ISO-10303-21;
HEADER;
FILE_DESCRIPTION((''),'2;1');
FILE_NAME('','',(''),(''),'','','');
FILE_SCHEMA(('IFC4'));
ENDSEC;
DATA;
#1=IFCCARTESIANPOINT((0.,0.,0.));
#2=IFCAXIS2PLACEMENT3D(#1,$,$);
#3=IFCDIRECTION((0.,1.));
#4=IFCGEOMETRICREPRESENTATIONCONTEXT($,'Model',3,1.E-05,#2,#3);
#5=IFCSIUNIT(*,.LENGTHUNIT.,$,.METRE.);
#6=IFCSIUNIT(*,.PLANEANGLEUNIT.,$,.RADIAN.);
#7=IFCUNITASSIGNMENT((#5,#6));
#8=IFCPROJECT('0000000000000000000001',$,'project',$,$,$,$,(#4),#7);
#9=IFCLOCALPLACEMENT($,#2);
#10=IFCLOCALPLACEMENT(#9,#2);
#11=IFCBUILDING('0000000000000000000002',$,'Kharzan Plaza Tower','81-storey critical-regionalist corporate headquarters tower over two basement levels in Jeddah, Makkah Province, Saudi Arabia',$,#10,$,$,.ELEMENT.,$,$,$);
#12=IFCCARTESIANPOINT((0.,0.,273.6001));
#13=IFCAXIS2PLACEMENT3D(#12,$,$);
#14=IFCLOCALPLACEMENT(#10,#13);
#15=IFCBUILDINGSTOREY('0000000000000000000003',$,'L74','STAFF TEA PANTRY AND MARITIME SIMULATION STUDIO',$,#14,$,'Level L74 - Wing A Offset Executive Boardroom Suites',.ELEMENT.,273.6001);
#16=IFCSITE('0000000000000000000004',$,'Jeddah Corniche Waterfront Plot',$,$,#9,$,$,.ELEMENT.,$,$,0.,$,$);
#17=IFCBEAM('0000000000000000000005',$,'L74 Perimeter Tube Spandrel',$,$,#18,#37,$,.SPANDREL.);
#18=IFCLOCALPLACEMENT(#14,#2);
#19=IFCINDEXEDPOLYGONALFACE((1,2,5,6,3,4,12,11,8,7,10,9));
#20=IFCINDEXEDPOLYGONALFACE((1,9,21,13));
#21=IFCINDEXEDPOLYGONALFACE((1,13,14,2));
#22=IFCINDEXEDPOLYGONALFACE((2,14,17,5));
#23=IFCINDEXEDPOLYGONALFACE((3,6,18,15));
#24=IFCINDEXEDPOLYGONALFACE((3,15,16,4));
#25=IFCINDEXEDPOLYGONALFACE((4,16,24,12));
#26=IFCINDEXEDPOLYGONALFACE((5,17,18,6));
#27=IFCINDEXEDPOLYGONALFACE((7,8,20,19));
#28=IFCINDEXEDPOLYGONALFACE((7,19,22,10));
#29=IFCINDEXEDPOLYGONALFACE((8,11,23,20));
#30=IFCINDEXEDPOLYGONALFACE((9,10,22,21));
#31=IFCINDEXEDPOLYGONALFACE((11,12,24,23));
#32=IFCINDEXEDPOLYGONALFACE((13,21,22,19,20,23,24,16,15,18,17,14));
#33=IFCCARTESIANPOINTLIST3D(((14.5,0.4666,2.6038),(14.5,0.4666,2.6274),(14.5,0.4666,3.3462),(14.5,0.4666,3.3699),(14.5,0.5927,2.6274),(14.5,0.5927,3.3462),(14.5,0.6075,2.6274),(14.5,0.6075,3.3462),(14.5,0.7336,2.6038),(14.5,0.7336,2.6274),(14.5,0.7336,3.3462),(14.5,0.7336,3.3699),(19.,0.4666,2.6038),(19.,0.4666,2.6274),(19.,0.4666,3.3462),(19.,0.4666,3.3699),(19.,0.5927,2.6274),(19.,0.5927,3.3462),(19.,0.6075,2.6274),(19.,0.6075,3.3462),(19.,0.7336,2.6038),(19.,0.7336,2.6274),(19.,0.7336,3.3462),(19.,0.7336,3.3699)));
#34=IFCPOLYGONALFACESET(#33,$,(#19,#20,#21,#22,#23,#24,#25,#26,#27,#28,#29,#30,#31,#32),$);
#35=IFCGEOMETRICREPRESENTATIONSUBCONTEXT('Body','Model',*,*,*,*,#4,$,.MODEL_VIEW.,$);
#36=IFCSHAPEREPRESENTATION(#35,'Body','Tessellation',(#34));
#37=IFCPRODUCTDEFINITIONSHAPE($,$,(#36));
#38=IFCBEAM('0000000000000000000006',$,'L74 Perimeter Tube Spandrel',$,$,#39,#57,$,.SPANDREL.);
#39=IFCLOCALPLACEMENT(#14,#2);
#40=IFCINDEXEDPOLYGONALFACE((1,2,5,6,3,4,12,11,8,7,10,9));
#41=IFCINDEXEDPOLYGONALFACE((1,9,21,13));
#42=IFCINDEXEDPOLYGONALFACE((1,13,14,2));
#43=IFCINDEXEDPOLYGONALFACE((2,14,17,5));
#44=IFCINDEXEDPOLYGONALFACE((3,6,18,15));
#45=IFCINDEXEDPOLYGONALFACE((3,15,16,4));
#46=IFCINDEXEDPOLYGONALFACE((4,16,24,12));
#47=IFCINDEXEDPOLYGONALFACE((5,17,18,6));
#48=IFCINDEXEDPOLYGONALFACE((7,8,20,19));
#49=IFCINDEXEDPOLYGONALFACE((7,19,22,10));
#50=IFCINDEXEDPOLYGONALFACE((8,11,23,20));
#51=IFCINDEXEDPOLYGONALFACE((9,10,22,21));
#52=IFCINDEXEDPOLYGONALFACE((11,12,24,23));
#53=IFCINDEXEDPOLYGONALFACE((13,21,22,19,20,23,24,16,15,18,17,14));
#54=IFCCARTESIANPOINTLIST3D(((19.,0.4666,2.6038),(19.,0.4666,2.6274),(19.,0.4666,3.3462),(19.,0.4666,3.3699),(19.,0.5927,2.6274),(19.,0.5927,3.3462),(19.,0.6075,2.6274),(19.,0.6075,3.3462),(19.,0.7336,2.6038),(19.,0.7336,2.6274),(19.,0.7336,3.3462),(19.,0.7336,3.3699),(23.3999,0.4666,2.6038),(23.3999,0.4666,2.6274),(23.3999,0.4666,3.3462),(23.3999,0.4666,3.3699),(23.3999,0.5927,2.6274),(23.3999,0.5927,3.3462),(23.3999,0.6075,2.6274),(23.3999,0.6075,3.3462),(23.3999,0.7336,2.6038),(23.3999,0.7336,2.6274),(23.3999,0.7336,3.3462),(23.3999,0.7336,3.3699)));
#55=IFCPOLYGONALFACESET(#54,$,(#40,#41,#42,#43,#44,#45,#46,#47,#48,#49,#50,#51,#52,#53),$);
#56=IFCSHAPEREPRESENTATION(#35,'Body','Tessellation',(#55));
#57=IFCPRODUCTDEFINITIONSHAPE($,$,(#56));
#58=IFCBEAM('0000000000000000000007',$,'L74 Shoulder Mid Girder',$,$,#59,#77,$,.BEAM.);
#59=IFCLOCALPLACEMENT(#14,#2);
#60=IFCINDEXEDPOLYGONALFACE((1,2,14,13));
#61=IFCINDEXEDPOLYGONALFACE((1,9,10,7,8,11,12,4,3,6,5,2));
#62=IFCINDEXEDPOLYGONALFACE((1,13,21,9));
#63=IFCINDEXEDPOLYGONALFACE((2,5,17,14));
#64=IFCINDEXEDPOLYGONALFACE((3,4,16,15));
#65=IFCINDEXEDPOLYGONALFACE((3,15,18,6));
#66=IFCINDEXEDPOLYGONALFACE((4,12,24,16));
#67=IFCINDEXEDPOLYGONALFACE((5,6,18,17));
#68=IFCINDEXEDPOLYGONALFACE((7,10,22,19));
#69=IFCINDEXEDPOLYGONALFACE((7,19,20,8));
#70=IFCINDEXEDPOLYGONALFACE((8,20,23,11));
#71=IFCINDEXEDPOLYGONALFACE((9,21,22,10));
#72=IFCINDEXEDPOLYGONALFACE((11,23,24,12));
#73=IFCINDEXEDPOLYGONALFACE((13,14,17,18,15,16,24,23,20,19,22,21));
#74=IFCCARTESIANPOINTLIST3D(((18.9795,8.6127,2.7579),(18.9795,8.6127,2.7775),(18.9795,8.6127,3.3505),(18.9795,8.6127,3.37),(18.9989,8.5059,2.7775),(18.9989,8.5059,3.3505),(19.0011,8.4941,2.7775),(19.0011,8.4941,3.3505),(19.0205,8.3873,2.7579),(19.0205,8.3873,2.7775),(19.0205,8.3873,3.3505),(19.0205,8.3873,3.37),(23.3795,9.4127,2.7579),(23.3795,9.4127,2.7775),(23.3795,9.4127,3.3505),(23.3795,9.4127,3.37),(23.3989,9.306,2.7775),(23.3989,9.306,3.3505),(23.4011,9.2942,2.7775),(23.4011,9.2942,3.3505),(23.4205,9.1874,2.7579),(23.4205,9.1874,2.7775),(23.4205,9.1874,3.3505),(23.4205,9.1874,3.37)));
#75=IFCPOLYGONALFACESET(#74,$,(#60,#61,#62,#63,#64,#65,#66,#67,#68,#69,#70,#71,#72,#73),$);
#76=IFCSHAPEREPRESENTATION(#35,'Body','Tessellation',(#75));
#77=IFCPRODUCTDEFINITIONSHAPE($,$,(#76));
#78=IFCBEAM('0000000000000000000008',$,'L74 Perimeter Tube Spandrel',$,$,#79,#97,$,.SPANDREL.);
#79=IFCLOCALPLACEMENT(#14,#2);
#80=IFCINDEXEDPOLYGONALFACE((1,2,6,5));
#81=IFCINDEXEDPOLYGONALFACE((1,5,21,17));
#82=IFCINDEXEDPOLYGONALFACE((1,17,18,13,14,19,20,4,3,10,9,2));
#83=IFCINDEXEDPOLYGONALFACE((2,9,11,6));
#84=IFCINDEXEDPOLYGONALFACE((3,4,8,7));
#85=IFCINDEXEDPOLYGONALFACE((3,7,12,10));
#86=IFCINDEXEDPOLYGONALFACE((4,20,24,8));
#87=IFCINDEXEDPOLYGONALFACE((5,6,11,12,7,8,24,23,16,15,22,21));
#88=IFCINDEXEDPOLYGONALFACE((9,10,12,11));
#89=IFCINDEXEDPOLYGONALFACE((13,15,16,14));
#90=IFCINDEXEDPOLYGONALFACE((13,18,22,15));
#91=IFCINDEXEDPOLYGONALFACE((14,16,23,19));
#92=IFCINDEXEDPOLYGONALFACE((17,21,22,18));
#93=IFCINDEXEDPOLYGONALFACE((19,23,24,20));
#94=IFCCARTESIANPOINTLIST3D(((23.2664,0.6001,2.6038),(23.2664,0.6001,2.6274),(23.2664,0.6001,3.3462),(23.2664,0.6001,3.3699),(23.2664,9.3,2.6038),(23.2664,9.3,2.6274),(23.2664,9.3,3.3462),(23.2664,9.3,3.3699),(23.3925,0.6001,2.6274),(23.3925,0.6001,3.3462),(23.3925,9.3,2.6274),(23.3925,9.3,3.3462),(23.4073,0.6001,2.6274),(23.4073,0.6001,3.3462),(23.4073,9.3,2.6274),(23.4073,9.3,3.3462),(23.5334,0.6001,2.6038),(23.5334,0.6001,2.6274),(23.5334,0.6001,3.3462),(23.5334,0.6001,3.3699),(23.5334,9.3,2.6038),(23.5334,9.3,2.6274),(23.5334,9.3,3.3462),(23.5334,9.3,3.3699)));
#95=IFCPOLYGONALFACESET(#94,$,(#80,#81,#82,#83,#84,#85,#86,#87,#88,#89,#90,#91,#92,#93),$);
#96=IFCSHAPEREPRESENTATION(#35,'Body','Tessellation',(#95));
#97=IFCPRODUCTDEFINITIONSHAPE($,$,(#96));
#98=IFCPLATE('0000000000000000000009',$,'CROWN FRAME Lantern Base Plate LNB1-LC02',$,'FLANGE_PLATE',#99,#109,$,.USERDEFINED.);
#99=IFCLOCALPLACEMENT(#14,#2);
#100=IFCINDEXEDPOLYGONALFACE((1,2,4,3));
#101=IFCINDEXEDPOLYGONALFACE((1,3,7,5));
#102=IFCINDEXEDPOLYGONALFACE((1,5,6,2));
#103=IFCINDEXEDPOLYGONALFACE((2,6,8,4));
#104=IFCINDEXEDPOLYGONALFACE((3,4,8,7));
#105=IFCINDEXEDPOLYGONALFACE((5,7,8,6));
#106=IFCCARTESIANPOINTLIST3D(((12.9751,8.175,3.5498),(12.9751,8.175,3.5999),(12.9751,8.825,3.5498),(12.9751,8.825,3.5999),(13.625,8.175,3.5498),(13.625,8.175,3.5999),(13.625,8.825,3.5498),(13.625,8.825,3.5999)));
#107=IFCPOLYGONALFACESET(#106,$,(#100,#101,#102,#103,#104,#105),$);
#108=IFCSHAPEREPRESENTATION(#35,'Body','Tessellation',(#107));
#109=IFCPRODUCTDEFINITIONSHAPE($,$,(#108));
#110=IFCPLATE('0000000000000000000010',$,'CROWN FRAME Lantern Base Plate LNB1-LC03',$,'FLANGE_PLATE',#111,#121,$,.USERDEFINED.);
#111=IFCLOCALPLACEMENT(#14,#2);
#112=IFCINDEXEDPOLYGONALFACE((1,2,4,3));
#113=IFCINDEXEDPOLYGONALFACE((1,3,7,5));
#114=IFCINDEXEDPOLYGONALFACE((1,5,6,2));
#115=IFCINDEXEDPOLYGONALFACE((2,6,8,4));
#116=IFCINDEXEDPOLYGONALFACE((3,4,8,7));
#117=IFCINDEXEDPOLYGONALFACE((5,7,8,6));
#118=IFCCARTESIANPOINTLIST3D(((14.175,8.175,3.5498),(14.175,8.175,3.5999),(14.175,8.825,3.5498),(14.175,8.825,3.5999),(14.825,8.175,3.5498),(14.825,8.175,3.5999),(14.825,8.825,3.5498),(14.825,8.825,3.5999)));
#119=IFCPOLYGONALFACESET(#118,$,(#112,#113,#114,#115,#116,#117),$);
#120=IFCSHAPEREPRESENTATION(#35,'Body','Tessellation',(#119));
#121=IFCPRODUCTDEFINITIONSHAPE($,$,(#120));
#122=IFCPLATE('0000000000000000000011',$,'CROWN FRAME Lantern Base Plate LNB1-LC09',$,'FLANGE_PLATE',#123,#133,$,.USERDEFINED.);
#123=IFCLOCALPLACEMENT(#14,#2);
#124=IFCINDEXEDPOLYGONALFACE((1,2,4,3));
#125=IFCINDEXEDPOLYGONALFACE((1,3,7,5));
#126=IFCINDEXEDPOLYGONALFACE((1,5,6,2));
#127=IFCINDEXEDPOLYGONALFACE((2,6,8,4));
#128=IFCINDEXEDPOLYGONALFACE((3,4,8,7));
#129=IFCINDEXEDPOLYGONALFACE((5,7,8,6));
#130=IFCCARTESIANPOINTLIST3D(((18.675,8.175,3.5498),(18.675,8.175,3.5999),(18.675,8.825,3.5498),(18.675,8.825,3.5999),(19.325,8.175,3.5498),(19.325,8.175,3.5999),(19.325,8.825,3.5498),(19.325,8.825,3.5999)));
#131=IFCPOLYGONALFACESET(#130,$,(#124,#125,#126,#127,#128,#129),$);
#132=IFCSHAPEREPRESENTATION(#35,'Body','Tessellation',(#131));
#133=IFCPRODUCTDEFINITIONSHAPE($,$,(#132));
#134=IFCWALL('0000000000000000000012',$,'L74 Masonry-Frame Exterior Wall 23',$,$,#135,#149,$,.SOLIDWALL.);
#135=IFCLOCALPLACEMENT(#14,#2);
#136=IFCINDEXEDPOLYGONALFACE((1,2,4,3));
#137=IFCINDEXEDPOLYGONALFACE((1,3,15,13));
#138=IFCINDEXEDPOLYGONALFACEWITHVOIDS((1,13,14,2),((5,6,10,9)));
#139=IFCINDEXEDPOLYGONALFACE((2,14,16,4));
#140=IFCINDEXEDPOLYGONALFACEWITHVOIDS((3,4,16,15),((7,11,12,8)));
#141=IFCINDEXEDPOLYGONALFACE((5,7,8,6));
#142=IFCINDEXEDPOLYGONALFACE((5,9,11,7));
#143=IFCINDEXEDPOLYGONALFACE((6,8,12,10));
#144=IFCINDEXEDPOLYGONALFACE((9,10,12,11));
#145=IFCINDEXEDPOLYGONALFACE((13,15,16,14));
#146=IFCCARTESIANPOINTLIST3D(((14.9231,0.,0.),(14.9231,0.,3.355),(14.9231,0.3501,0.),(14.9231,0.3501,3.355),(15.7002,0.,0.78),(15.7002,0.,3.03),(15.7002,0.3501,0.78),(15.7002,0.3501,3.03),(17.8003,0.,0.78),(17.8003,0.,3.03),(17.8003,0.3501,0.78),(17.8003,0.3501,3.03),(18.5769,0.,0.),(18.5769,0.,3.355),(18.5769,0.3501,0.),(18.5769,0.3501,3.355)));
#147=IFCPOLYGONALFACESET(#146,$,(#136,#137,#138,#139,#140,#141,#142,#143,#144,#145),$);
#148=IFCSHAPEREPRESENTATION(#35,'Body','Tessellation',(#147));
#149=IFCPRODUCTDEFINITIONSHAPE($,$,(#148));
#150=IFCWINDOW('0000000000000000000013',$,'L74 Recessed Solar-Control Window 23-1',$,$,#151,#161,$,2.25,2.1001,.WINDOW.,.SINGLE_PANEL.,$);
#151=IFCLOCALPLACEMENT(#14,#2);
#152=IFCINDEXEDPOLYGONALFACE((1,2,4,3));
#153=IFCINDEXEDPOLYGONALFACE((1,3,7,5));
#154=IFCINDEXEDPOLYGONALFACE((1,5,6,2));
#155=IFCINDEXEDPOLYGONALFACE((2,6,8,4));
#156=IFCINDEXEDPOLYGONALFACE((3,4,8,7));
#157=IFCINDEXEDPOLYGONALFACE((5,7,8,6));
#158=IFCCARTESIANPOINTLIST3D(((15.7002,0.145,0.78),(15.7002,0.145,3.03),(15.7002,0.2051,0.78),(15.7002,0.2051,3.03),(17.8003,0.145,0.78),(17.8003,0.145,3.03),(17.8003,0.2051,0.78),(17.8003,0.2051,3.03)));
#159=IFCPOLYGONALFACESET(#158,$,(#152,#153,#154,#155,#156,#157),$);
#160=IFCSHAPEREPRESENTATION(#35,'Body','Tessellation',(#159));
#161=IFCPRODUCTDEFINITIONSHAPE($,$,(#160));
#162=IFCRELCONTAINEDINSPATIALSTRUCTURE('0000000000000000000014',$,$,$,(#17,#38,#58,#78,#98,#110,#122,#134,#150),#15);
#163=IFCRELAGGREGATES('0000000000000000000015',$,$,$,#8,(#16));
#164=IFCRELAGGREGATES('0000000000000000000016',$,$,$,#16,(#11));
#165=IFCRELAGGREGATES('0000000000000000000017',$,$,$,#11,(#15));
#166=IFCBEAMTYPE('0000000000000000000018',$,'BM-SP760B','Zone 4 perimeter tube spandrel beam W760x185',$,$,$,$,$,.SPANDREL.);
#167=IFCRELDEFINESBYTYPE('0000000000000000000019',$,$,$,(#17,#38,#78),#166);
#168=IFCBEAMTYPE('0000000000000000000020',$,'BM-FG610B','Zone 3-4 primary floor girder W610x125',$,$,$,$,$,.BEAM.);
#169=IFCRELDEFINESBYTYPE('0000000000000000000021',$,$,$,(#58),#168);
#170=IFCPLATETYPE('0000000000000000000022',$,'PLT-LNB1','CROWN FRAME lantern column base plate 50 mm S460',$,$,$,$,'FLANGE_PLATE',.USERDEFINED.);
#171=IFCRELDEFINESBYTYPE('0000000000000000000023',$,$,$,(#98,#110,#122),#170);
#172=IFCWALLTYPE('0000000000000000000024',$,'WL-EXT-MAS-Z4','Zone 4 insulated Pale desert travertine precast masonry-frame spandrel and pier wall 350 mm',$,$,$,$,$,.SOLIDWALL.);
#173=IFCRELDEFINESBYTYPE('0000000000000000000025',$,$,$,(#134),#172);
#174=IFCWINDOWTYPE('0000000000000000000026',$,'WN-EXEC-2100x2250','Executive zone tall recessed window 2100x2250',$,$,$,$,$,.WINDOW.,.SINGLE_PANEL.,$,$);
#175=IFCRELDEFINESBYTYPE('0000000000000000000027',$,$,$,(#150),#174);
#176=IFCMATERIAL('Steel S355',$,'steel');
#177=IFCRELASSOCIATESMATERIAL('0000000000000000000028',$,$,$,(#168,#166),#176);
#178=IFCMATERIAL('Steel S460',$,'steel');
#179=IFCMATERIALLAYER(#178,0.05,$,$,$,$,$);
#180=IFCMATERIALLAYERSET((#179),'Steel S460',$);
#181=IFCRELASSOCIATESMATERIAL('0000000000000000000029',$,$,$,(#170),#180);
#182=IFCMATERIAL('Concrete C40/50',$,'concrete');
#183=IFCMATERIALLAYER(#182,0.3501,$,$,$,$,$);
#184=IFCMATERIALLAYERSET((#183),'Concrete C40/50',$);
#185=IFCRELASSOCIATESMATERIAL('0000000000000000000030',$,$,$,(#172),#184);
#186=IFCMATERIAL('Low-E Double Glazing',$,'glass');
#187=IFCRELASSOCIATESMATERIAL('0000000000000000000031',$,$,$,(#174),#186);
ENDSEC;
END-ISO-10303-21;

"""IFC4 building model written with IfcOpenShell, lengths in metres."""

from ifc_helpers import new_model, si_unit, direction, frame, frame_2d, origin, origin_2d, place, context, subcontext, project, spatial, rectangle, i_section, extrude, source, transform, mapped, material, layer, layer_set, material_profile, profile_set, type_object, element, fill, save


model = new_model("IFC4")

# Units and contexts
model_context = context("Model", 3, precision=1e-05, world=origin(), true_north=direction((0.0, 1.0)))
body_context = subcontext(model_context, "Body", "Model", "MODEL_VIEW")
ifc_project = project(units=[si_unit("LENGTHUNIT", "METRE"), si_unit("PLANEANGLEUNIT", "RADIAN")], contexts=[model_context])

# Site, building, storey
site_placement = place(None, origin())
site = spatial("IfcSite", under=ifc_project, at=site_placement, Name="Jeddah Corniche Waterfront Plot", CompositionType="ELEMENT", RefElevation=0.0)
building_placement = place(site_placement, origin())
building = spatial("IfcBuilding", under=site, at=building_placement, Name="Kharzan Plaza Tower", Description="81-storey critical-regionalist corporate headquarters tower over two basement levels in Jeddah, Makkah Province, Saudi Arabia", CompositionType="ELEMENT")
storey_placement = place(building_placement, frame((0.0, 0.0, 273.6001)))
storey = spatial("IfcBuildingStorey", under=building, at=storey_placement, Name="L74", Description="STAFF TEA PANTRY AND MARITIME SIMULATION STUDIO", LongName="Level L74 - Wing A Offset Executive Boardroom Suites", CompositionType="ELEMENT", Elevation=273.6001)

# Beams
ifc_material_1 = material(Name="Steel S355", Category="steel")
ifc_material_profile_1 = material_profile(ifc_material_1, i_section(OverallWidth=0.229, OverallDepth=0.6121, WebThickness=0.012, FlangeThickness=0.0195, at=origin_2d()), Name="W610x125")
ifc_profile_set_1 = profile_set([ifc_material_profile_1], Name="Steel S355")
beam_type_1 = type_object("IfcBeamType", Name="BM-FG610B", Description="Zone 3-4 primary floor girder W610x125", PredefinedType="BEAM", material=ifc_profile_set_1)
ifc_material_profile_2 = material_profile(ifc_material_1, i_section(OverallWidth=0.2671, OverallDepth=0.7661, WebThickness=0.0149, FlangeThickness=0.0237, at=origin_2d()), Name="W760x185")
ifc_profile_set_2 = profile_set([ifc_material_profile_2], Name="Steel S355")
beam_type_2 = type_object("IfcBeamType", Name="BM-SP760B", Description="Zone 4 perimeter tube spandrel beam W760x185", PredefinedType="SPANDREL", material=ifc_profile_set_2)
shared_shape_1 = source(origin(), body_context, "Body", "SweptSolid", [
    extrude(i_section(OverallWidth=0.2671, OverallDepth=0.7661, WebThickness=0.0149, FlangeThickness=0.0237, at=origin_2d()), origin(), (0.0, 0.0, 1.0), 4.5),
])
beam_1_placement = place(storey_placement, frame((14.5, 0.6001, 2.9868), z_axis=(1.0, 0.0, 0.0), x_axis=(0.0, 1.0, 0.0)))
element("IfcBeam", 1, at=beam_1_placement, inside=storey, type_object=beam_type_2, Name="L74 Perimeter Tube Spandrel", PredefinedType="SPANDREL", context=body_context, shape_type="MappedRepresentation", body=[
    mapped(shared_shape_1, transform((0.0, 0.0, 0.0), x_axis=(1.0, 0.0, 0.0), y_axis=(0.0, 1.0, 0.0), z_axis=(0.0, 0.0, 1.0))),
])
shared_shape_2 = source(origin(), body_context, "Body", "SweptSolid", [
    extrude(i_section(OverallWidth=0.2671, OverallDepth=0.7661, WebThickness=0.0149, FlangeThickness=0.0237, at=origin_2d()), origin(), (0.0, 0.0, 1.0), 4.3999),
])
beam_2_placement = place(storey_placement, frame((19.0, 0.6001, 2.9868), z_axis=(1.0, 0.0, 0.0), x_axis=(0.0, 1.0, 0.0)))
element("IfcBeam", 2, at=beam_2_placement, inside=storey, type_object=beam_type_2, Name="L74 Perimeter Tube Spandrel", PredefinedType="SPANDREL", context=body_context, shape_type="MappedRepresentation", body=[
    mapped(shared_shape_2, transform((0.0, 0.0, 0.0), x_axis=(1.0, 0.0, 0.0), y_axis=(0.0, 1.0, 0.0), z_axis=(0.0, 0.0, 1.0))),
])
shared_shape_3 = source(origin(), body_context, "Body", "SweptSolid", [
    extrude(i_section(OverallWidth=0.229, OverallDepth=0.6121, WebThickness=0.012, FlangeThickness=0.0195, at=origin_2d()), origin(), (0.0, 0.0, 1.0), 4.4722),
])
beam_3_placement = place(storey_placement, frame((19.0, 8.5, 3.064), z_axis=(0.983867, 0.1789, 0.0), x_axis=(-0.1789, 0.983867, 0.0)))
element("IfcBeam", 3, at=beam_3_placement, inside=storey, type_object=beam_type_1, Name="L74 Shoulder Mid Girder", PredefinedType="BEAM", context=body_context, shape_type="MappedRepresentation", body=[
    mapped(shared_shape_3, transform((0.0, 0.0, 0.0), x_axis=(1.0, 0.0, 0.0), y_axis=(0.0, 1.0, 0.0), z_axis=(0.0, 0.0, 1.0))),
])
shared_shape_4 = source(origin(), body_context, "Body", "SweptSolid", [
    extrude(i_section(OverallWidth=0.2671, OverallDepth=0.7661, WebThickness=0.0149, FlangeThickness=0.0237, at=origin_2d()), origin(), (0.0, 0.0, 1.0), 8.7),
])
beam_4_placement = place(storey_placement, frame((23.3999, 0.6001, 2.9868), z_axis=(0.0, 1.0, 0.0), x_axis=(-1.0, 0.0, 0.0)))
element("IfcBeam", 4, at=beam_4_placement, inside=storey, type_object=beam_type_2, Name="L74 Perimeter Tube Spandrel", PredefinedType="SPANDREL", context=body_context, shape_type="MappedRepresentation", body=[
    mapped(shared_shape_4, transform((0.0, 0.0, 0.0), x_axis=(1.0, 0.0, 0.0), y_axis=(0.0, 1.0, 0.0), z_axis=(0.0, 0.0, 1.0))),
])

# Plates
ifc_material_2 = material(Name="Steel S460", Category="steel")
ifc_layer_1 = layer(ifc_material_2, 0.05)
ifc_layer_set_1 = layer_set([ifc_layer_1], Name="Steel S460")
plate_type = type_object("IfcPlateType", Name="PLT-LNB1", Description="CROWN FRAME lantern column base plate 50 mm S460", ElementType="FLANGE_PLATE", PredefinedType="USERDEFINED", material=ifc_layer_set_1)
shared_shape_5 = source(origin(), body_context, "Body", "SweptSolid", [
    extrude(rectangle(XDim=0.6499, YDim=0.6499, at=origin_2d()), origin(), (0.0, 0.0, 1.0), 0.05),
])
for number, where, z_axis, x_axis, name in (
    (5, (13.3, 8.5, 3.5498), (0.0, 0.0, 1.0), (1.0, 0.0, 0.0), "CROWN FRAME Lantern Base Plate LNB1-LC02"),
    (6, (14.5, 8.5, 3.5498), (0.0, 0.0, 1.0), (1.0, 0.0, 0.0), "CROWN FRAME Lantern Base Plate LNB1-LC03"),
    (7, (19.0, 8.5, 3.5498), (0.0, 0.0, 1.0), (1.0, 0.0, 0.0), "CROWN FRAME Lantern Base Plate LNB1-LC09"),
):
    element("IfcPlate", number, at=place(storey_placement, frame(where, z_axis=z_axis, x_axis=x_axis)), inside=storey, type_object=plate_type, Name=name, ObjectType="FLANGE_PLATE", PredefinedType="USERDEFINED", context=body_context, shape_type="MappedRepresentation", body=[
        mapped(shared_shape_5, transform((0.0, 0.0, 0.0), x_axis=(1.0, 0.0, 0.0), y_axis=(0.0, 1.0, 0.0), z_axis=(0.0, 0.0, 1.0))),
    ])

# Wall, opening, window
ifc_material_3 = material(Name="Concrete C40/50", Category="concrete")
ifc_layer_2 = layer(ifc_material_3, 0.3501)
ifc_layer_set_2 = layer_set([ifc_layer_2], Name="Concrete C40/50")
wall_type_1 = type_object("IfcWallType", Name="WL-EXT-MAS-Z4", Description="Zone 4 insulated Pale desert travertine precast masonry-frame spandrel and pier wall 350 mm", PredefinedType="SOLIDWALL", material=ifc_layer_set_2)
wall_1_placement = place(storey_placement, frame((14.9231, 0.175, 0.0), z_axis=(0.0, 0.0, 1.0), x_axis=(1.0, 0.0, 0.0)))
wall_1 = element("IfcWall", 8, at=wall_1_placement, inside=storey, type_object=wall_type_1, Name="L74 Masonry-Frame Exterior Wall 23", PredefinedType="SOLIDWALL", context=body_context, shape_type="SweptSolid", body=[
    extrude(rectangle(XDim=3.6538, YDim=0.3501, at=frame_2d((1.8269, 0.0))), origin(), (0.0, 0.0, 1.0), 3.355),
])
opening_1_placement = place(wall_1_placement, frame((0.7771, 0.0, 0.78)))
opening_1 = element("IfcOpeningElement", 9, at=opening_1_placement, cuts=wall_1, PredefinedType="OPENING", context=body_context, shape_type="SweptSolid", body=[
    extrude(rectangle(XDim=2.1001, YDim=2.25, at=frame_2d((1.05, 1.125))), frame((0.0, 0.1851, 0.0), z_axis=(0.0, -1.0, 0.0), x_axis=(1.0, 0.0, 0.0)), (0.0, 0.0, 1.0), 0.3701),
])
ifc_material_4 = material(Name="Low-E Double Glazing", Category="glass")
window_type_1 = type_object("IfcWindowType", Name="WN-EXEC-2100x2250", Description="Executive zone tall recessed window 2100x2250", PartitioningType="SINGLE_PANEL", PredefinedType="WINDOW", material=ifc_material_4)
shared_shape_6 = source(origin(), body_context, "Body", "SweptSolid", [
    extrude(rectangle(XDim=2.1001, YDim=2.25, at=frame_2d((1.05, 1.125))), frame((0.0, 0.03, 0.0), z_axis=(0.0, -1.0, 0.0), x_axis=(1.0, 0.0, 0.0)), (0.0, 0.0, 1.0), 0.0601),
])
window_1_placement = place(opening_1_placement, origin())
window_1 = element("IfcWindow", 10, at=window_1_placement, inside=storey, type_object=window_type_1, Name="L74 Recessed Solar-Control Window 23-1", OverallHeight=2.25, OverallWidth=2.1001, PartitioningType="SINGLE_PANEL", PredefinedType="WINDOW", context=body_context, shape_type="MappedRepresentation", body=[
    mapped(shared_shape_6, transform((0.0, 0.0, 0.0), x_axis=(1.0, 0.0, 0.0), y_axis=(0.0, 1.0, 0.0), z_axis=(0.0, 0.0, 1.0))),
])
fill(opening_1, window_1)

save(model, "model.ifc")
